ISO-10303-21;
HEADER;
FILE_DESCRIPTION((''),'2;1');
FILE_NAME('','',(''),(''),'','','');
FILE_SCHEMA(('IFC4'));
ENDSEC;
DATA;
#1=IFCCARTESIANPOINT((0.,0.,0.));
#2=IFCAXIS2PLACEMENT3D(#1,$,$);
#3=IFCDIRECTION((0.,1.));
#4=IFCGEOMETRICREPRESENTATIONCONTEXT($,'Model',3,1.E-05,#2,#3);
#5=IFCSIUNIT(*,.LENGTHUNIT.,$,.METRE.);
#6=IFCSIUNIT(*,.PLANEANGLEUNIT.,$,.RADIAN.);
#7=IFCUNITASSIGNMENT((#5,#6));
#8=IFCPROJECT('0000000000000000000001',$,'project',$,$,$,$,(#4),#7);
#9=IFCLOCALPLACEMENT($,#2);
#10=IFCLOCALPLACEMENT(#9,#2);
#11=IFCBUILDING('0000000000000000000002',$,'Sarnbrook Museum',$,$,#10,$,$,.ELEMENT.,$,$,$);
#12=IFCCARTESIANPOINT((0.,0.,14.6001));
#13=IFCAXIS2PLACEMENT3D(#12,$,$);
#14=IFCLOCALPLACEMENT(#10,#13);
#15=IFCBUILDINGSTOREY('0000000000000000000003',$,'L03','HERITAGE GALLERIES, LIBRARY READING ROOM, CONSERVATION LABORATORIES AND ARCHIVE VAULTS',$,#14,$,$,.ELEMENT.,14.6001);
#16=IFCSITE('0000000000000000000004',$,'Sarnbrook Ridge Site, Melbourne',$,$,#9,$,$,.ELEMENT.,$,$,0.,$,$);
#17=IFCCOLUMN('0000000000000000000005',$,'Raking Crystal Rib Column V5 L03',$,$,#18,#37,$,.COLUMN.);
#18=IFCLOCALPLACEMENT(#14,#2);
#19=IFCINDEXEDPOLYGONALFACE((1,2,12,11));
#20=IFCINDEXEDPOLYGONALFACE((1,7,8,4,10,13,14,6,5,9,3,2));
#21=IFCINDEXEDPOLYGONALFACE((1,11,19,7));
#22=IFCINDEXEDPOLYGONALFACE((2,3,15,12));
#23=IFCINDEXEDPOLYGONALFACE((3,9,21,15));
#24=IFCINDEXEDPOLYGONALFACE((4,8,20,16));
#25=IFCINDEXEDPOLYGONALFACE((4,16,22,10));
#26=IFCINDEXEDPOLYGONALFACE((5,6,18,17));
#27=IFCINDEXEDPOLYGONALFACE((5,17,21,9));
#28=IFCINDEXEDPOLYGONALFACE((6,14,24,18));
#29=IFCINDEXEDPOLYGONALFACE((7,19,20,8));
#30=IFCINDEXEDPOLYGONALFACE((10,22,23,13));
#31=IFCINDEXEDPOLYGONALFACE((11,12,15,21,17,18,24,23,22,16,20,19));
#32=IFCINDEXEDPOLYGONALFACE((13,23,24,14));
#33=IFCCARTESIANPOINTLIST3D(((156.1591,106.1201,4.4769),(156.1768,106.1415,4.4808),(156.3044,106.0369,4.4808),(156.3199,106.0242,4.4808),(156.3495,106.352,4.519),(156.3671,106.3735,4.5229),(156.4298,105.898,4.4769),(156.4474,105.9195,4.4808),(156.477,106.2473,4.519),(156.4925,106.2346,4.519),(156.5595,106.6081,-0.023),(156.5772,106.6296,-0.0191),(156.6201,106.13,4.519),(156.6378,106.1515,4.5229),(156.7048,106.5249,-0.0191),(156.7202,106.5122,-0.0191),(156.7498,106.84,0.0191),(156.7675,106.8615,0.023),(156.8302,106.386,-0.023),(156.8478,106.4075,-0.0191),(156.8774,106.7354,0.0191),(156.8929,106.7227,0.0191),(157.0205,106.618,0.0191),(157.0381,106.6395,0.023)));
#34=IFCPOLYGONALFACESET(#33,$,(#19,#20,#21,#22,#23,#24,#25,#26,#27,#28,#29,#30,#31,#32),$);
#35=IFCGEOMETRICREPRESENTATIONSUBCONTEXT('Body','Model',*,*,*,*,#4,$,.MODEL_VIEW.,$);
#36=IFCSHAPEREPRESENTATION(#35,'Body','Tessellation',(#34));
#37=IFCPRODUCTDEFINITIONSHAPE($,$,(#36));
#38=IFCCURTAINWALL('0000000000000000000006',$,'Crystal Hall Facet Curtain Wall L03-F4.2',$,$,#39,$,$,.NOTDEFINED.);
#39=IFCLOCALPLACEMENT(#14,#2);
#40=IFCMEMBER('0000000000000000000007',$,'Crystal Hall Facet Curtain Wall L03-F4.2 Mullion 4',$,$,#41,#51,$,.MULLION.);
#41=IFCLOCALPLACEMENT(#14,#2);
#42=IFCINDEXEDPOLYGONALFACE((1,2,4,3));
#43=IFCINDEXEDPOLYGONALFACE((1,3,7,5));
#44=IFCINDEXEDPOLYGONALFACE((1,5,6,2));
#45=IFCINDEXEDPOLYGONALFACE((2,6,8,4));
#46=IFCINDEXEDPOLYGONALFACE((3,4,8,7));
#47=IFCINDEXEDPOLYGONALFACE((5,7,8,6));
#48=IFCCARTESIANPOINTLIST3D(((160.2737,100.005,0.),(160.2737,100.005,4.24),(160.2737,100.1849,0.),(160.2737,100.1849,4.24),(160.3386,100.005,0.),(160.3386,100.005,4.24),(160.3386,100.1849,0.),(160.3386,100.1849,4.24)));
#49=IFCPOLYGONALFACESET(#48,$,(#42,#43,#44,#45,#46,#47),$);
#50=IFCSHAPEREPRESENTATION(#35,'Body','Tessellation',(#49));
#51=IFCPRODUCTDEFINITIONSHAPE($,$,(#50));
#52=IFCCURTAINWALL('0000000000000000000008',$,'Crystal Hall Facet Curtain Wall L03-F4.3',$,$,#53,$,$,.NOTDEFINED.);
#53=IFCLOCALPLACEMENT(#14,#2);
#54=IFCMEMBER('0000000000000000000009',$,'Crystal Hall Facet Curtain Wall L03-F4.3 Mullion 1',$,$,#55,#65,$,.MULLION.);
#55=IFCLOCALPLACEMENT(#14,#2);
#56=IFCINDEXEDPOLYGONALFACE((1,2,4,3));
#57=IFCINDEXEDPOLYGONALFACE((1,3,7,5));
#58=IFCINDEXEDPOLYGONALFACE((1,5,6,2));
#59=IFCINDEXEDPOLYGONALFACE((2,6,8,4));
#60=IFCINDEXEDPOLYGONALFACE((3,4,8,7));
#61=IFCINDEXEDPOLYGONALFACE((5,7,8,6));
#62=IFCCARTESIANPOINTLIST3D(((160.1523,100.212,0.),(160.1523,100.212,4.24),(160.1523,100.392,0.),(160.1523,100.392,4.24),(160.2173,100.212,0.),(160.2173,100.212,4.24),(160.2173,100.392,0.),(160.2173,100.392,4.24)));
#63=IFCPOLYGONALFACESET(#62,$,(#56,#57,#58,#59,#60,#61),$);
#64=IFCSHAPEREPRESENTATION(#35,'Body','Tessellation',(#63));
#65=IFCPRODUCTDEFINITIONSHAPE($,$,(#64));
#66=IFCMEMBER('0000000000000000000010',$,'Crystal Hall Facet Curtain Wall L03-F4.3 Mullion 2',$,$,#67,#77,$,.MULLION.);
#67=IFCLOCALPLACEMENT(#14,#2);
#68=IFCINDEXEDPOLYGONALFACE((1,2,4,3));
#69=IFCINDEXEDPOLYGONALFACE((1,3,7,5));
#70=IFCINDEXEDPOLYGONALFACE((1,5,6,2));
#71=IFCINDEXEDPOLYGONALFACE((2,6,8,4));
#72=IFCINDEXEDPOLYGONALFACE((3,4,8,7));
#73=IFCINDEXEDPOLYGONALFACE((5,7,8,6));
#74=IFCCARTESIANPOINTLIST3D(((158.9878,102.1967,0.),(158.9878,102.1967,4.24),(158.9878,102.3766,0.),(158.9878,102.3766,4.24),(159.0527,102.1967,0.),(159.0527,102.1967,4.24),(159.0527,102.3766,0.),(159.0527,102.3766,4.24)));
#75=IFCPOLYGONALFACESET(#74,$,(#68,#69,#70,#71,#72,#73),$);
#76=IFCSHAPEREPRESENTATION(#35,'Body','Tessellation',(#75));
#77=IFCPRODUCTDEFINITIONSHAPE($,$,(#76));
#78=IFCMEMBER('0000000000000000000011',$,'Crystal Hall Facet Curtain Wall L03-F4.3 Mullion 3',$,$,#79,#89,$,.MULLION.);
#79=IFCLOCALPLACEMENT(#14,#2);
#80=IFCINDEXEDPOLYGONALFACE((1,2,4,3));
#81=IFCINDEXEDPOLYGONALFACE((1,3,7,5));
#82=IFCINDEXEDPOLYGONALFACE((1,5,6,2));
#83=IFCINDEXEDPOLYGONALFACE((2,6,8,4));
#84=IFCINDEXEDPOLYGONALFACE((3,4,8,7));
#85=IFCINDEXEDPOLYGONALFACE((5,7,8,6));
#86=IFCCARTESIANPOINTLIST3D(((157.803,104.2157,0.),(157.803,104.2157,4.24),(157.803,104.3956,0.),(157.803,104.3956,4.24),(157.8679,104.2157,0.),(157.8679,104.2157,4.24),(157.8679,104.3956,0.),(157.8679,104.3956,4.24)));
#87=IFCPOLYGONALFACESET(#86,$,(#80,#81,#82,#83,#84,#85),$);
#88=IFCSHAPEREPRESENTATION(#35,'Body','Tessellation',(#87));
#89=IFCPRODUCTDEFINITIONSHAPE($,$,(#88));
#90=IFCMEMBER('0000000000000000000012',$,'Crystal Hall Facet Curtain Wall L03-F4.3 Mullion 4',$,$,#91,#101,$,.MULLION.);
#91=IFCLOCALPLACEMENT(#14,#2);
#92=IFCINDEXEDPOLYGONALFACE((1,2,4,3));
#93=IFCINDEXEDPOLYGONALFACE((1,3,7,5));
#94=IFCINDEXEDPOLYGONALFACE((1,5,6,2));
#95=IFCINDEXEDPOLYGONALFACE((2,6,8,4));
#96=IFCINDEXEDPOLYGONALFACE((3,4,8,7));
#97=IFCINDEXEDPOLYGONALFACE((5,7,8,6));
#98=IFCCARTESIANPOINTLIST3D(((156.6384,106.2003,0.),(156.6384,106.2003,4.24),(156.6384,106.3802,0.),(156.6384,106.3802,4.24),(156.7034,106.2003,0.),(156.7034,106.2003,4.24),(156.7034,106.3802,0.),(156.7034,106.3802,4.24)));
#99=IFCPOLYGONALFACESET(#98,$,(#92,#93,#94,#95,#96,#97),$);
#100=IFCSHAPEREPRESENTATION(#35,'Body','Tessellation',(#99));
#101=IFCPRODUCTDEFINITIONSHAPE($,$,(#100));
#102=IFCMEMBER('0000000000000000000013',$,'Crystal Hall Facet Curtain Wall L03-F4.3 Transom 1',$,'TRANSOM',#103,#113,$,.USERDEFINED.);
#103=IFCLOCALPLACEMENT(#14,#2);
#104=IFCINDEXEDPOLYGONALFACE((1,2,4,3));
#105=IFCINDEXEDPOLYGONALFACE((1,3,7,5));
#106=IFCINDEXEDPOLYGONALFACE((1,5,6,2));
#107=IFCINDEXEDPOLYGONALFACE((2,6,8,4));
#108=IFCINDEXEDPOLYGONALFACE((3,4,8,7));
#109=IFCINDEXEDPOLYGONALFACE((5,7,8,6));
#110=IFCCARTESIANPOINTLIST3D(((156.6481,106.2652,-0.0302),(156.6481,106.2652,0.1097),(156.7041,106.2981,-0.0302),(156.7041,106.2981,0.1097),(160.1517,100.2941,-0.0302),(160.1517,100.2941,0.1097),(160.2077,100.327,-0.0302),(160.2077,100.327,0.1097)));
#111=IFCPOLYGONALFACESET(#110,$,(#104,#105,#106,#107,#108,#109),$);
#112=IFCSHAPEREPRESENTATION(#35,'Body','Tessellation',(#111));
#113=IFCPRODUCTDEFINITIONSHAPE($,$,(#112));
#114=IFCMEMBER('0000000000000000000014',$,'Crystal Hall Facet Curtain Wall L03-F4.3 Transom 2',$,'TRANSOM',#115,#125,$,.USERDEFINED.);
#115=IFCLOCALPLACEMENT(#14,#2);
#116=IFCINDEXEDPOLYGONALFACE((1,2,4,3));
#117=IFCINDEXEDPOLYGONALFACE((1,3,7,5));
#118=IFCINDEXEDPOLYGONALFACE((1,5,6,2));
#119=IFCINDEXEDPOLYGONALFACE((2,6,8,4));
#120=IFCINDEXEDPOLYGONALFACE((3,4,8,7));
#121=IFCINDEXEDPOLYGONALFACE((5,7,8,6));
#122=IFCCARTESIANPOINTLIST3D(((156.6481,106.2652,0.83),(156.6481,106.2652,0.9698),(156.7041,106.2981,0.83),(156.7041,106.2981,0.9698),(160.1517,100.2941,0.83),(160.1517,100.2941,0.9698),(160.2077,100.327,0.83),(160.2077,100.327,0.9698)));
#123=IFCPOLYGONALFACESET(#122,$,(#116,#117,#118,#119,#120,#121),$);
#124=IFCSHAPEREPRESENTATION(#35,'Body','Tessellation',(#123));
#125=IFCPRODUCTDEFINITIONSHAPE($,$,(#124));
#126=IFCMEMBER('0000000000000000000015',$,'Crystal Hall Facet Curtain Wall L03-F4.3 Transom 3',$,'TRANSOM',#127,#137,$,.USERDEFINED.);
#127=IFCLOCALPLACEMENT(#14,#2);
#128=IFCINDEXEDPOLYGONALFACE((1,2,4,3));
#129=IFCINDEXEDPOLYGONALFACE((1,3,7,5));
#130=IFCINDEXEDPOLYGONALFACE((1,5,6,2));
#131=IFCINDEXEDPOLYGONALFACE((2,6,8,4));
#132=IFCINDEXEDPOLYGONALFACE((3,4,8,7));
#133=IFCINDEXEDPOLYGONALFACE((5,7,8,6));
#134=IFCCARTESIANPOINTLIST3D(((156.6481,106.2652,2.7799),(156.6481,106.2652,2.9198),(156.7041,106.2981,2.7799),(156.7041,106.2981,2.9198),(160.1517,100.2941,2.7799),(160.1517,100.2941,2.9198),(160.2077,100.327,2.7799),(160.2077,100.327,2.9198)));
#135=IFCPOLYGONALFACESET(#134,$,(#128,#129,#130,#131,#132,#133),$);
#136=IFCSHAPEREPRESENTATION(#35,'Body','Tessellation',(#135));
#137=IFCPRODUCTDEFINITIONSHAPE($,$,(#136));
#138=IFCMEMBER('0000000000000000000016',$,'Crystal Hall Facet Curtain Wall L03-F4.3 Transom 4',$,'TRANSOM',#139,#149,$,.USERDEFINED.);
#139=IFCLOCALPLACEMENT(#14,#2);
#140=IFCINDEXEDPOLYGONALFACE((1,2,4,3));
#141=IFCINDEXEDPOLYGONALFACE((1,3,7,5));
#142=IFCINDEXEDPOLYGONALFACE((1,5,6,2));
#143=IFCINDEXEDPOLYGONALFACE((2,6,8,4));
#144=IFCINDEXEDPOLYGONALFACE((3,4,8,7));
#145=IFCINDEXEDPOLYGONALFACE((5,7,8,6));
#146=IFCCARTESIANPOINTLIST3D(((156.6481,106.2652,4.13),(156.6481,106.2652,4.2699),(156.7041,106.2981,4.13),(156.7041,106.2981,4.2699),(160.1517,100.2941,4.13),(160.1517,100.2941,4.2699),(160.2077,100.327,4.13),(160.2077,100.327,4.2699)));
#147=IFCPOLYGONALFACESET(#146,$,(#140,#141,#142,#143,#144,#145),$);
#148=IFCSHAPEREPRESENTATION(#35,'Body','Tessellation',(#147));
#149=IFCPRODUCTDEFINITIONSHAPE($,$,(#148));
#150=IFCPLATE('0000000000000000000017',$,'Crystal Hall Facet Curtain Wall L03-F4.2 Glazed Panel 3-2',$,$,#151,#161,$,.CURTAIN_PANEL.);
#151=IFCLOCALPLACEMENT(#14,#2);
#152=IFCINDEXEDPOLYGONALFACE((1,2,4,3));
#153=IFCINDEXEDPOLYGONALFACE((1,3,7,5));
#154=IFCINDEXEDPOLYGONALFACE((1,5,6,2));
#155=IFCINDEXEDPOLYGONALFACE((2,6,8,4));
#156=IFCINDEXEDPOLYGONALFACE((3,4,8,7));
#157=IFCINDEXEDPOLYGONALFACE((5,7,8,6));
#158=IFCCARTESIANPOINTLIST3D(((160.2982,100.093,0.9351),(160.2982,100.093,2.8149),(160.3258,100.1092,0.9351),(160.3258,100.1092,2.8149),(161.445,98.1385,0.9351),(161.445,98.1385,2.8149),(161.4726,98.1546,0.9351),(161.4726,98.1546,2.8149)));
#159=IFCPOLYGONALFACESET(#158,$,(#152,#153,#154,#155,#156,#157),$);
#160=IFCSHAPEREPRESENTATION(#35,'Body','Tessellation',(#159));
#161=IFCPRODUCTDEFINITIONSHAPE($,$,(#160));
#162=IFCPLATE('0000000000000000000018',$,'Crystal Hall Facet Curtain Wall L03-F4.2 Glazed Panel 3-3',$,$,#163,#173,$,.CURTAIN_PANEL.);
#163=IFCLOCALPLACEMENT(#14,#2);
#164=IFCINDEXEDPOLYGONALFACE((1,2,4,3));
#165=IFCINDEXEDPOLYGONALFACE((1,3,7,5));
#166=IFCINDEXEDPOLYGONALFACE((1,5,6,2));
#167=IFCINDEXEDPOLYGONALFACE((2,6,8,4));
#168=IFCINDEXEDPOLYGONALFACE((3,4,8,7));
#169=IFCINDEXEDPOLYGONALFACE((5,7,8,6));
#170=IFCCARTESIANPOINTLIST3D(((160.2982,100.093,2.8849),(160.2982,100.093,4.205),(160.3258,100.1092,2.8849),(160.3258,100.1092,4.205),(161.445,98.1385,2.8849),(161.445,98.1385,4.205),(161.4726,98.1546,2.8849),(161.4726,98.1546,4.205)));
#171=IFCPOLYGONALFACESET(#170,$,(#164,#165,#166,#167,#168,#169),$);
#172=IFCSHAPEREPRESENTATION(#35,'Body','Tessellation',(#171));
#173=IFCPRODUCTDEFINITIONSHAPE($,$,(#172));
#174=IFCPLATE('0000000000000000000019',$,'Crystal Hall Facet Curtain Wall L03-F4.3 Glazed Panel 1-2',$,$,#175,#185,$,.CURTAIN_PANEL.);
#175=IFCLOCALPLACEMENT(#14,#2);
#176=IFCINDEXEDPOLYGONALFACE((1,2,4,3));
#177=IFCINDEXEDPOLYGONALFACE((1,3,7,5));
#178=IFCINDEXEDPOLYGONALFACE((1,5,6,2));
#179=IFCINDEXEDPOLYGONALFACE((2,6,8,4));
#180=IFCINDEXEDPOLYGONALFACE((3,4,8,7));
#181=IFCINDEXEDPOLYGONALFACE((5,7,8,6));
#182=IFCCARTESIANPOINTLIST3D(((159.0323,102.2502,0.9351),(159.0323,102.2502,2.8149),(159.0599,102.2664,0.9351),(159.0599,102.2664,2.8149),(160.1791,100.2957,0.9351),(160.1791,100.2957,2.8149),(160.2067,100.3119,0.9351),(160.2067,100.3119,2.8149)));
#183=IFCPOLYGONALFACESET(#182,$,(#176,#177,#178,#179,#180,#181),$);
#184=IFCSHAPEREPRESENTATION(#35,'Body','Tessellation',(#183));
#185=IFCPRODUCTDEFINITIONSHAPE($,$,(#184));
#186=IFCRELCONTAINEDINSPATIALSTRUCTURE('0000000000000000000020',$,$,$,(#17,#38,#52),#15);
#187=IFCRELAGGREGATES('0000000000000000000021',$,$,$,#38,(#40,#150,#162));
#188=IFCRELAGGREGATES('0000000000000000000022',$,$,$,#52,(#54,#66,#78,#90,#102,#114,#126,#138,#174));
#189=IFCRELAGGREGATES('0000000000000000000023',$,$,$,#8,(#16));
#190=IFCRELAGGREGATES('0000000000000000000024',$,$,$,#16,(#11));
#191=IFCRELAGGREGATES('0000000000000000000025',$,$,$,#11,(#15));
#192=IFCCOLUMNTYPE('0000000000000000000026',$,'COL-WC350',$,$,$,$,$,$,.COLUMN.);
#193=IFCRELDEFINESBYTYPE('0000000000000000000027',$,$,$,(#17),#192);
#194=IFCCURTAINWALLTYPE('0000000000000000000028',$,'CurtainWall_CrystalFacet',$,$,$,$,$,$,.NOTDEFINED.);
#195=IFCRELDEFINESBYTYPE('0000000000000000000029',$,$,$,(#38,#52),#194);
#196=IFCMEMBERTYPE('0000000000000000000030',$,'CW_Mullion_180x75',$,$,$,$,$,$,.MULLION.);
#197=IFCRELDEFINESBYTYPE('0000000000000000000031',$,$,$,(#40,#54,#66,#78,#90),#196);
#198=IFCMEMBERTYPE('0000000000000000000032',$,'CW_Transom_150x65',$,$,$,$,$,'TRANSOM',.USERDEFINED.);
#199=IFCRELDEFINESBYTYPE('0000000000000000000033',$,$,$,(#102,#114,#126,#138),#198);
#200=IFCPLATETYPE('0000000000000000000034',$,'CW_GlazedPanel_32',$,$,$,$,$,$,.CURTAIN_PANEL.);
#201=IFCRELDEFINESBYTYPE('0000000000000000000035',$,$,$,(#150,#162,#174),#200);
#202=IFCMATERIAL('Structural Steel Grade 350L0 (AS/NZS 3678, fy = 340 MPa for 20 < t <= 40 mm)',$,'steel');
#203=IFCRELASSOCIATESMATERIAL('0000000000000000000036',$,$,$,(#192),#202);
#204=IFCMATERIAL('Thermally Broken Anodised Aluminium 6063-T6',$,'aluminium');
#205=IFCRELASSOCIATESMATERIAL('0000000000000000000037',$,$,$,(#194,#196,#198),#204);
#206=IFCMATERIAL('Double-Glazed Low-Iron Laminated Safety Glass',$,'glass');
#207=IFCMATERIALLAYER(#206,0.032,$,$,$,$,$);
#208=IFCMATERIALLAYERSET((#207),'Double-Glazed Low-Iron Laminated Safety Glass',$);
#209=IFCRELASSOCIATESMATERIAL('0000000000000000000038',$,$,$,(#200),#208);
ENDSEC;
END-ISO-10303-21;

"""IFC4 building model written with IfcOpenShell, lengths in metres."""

from ifc_helpers import new_model, si_unit, direction, frame, origin, origin_2d, place, context, subcontext, project, spatial, rectangle, i_section, extrude, material, layer, layer_set, material_profile, profile_set, type_object, element, aggregate, save


model = new_model("IFC4")

# Units and contexts
model_context = context("Model", 3, precision=1e-05, world=origin(), true_north=direction((0.0, 1.0)))
body_context = subcontext(model_context, "Body", "Model", "MODEL_VIEW")
ifc_project = project(units=[si_unit("LENGTHUNIT", "METRE"), si_unit("PLANEANGLEUNIT", "RADIAN")], contexts=[model_context])

# Site, building, storey
site_placement = place(None, origin())
site = spatial("IfcSite", under=ifc_project, at=site_placement, Name="Sarnbrook Ridge Site, Melbourne", CompositionType="ELEMENT", RefElevation=0.0)
building_placement = place(site_placement, origin())
building = spatial("IfcBuilding", under=site, at=building_placement, Name="Sarnbrook Museum", CompositionType="ELEMENT")
storey_placement = place(building_placement, frame((0.0, 0.0, 14.6001)))
storey = spatial("IfcBuildingStorey", under=building, at=storey_placement, Name="L03", Description="HERITAGE GALLERIES, LIBRARY READING ROOM, CONSERVATION LABORATORIES AND ARCHIVE VAULTS", CompositionType="ELEMENT", Elevation=14.6001)

# Column
ifc_material_1 = material(Name="Structural Steel Grade 350L0 (AS/NZS 3678, fy = 340 MPa for 20 < t <= 40 mm)", Category="steel")
ifc_material_profile_1 = material_profile(ifc_material_1, i_section(OverallWidth=0.3501, OverallDepth=0.3311, WebThickness=0.02, FlangeThickness=0.0281, at=origin_2d()), Name="350WC197")
ifc_profile_set_1 = profile_set([ifc_material_profile_1], Name="Structural Steel Grade 350L0 (AS/NZS 3678, fy = 340 MPa for 20 < t <= 40 mm)")
column_type = type_object("IfcColumnType", Name="COL-WC350", PredefinedType="COLUMN", material=ifc_profile_set_1)
column_placement = place(storey_placement, frame((156.7988, 106.6238, 0.0), z_axis=(-0.088113, -0.107401, 0.990304), x_axis=(0.773112, -0.634269, 0.0)))
element("IfcColumn", 1, at=column_placement, inside=storey, type_object=column_type, Name="Raking Crystal Rib Column V5 L03", PredefinedType="COLUMN", context=body_context, shape_type="SweptSolid", body=[
    extrude(i_section(OverallWidth=0.3501, OverallDepth=0.3311, WebThickness=0.02, FlangeThickness=0.0281, at=origin_2d()), origin(), (0.0, 0.0, 1.0), 4.5439),
])

# Curtain wall, member
ifc_material_2 = material(Name="Thermally Broken Anodised Aluminium 6063-T6", Category="aluminium")
curtain_wall_type = type_object("IfcCurtainWallType", Name="CurtainWall_CrystalFacet", PredefinedType="NOTDEFINED", material=ifc_material_2)
curtain_wall_1_placement = place(storey_placement, origin())
curtain_wall_1 = element("IfcCurtainWall", 2, at=curtain_wall_1_placement, inside=storey, type_object=curtain_wall_type, Name="Crystal Hall Facet Curtain Wall L03-F4.2", PredefinedType="NOTDEFINED")
ifc_material_profile_2 = material_profile(ifc_material_2, rectangle(XDim=0.0649, YDim=0.1799, at=origin_2d()), Name="ALU MULLION 65x180")
ifc_profile_set_2 = profile_set([ifc_material_profile_2], Name="Thermally Broken Anodised Aluminium 6063-T6")
member_type_1 = type_object("IfcMemberType", Name="CW_Mullion_180x75", PredefinedType="MULLION", material=ifc_profile_set_2)
member_1_placement = place(storey_placement, frame((160.3062, 100.095, 0.0), z_axis=(0.0, 0.0, 1.0), x_axis=(1.0, 0.0, 0.0)))
member_1 = element("IfcMember", 3, at=member_1_placement, type_object=member_type_1, Name="Crystal Hall Facet Curtain Wall L03-F4.2 Mullion 4", PredefinedType="MULLION", context=body_context, shape_type="SweptSolid", body=[
    extrude(rectangle(XDim=0.0649, YDim=0.1799, at=origin_2d()), origin(), (0.0, 0.0, 1.0), 4.24),
])

# Curtain wall, members
curtain_wall_2_placement = place(storey_placement, origin())
curtain_wall_2 = element("IfcCurtainWall", 4, at=curtain_wall_2_placement, inside=storey, type_object=curtain_wall_type, Name="Crystal Hall Facet Curtain Wall L03-F4.3", PredefinedType="NOTDEFINED")
member_2_placement = place(storey_placement, frame((160.1848, 100.302, 0.0), z_axis=(0.0, 0.0, 1.0), x_axis=(1.0, 0.0, 0.0)))
member_2 = element("IfcMember", 5, at=member_2_placement, type_object=member_type_1, Name="Crystal Hall Facet Curtain Wall L03-F4.3 Mullion 1", PredefinedType="MULLION", context=body_context, shape_type="SweptSolid", body=[
    extrude(rectangle(XDim=0.0649, YDim=0.1799, at=origin_2d()), origin(), (0.0, 0.0, 1.0), 4.24),
])
member_3_placement = place(storey_placement, frame((159.0203, 102.2866, 0.0), z_axis=(0.0, 0.0, 1.0), x_axis=(1.0, 0.0, 0.0)))
member_3 = element("IfcMember", 6, at=member_3_placement, type_object=member_type_1, Name="Crystal Hall Facet Curtain Wall L03-F4.3 Mullion 2", PredefinedType="MULLION", context=body_context, shape_type="SweptSolid", body=[
    extrude(rectangle(XDim=0.0649, YDim=0.1799, at=origin_2d()), origin(), (0.0, 0.0, 1.0), 4.24),
])
member_4_placement = place(storey_placement, frame((157.8354, 104.3057, 0.0), z_axis=(0.0, 0.0, 1.0), x_axis=(1.0, 0.0, 0.0)))
member_4 = element("IfcMember", 7, at=member_4_placement, type_object=member_type_1, Name="Crystal Hall Facet Curtain Wall L03-F4.3 Mullion 3", PredefinedType="MULLION", context=body_context, shape_type="SweptSolid", body=[
    extrude(rectangle(XDim=0.0649, YDim=0.1799, at=origin_2d()), origin(), (0.0, 0.0, 1.0), 4.24),
])
member_5_placement = place(storey_placement, frame((156.6709, 106.2903, 0.0), z_axis=(0.0, 0.0, 1.0), x_axis=(1.0, 0.0, 0.0)))
member_5 = element("IfcMember", 8, at=member_5_placement, type_object=member_type_1, Name="Crystal Hall Facet Curtain Wall L03-F4.3 Mullion 4", PredefinedType="MULLION", context=body_context, shape_type="SweptSolid", body=[
    extrude(rectangle(XDim=0.0649, YDim=0.1799, at=origin_2d()), origin(), (0.0, 0.0, 1.0), 4.24),
])
ifc_material_profile_3 = material_profile(ifc_material_2, rectangle(XDim=0.0649, YDim=0.1399, at=origin_2d()), Name="ALU TRANSOM 65x140")
ifc_profile_set_3 = profile_set([ifc_material_profile_3], Name="Thermally Broken Anodised Aluminium 6063-T6")
member_type_2 = type_object("IfcMemberType", Name="CW_Transom_150x65", ElementType="TRANSOM", PredefinedType="USERDEFINED", material=ifc_profile_set_3)
member_6_placement = place(storey_placement, frame((160.1797, 100.3105, 0.0398), z_axis=(-0.506075, 0.862489, 0.0), x_axis=(-0.862489, -0.506075, 0.0)))
member_6 = element("IfcMember", 9, at=member_6_placement, type_object=member_type_2, Name="Crystal Hall Facet Curtain Wall L03-F4.3 Transom 1", ObjectType="TRANSOM", PredefinedType="USERDEFINED", context=body_context, shape_type="SweptSolid", body=[
    extrude(rectangle(XDim=0.0649, YDim=0.1399, at=origin_2d()), origin(), (0.0, 0.0, 1.0), 6.9231),
])
member_7_placement = place(storey_placement, frame((160.1797, 100.3105, 0.8999), z_axis=(-0.506075, 0.862489, 0.0), x_axis=(-0.862489, -0.506075, 0.0)))
member_7 = element("IfcMember", 10, at=member_7_placement, type_object=member_type_2, Name="Crystal Hall Facet Curtain Wall L03-F4.3 Transom 2", ObjectType="TRANSOM", PredefinedType="USERDEFINED", context=body_context, shape_type="SweptSolid", body=[
    extrude(rectangle(XDim=0.0649, YDim=0.1399, at=origin_2d()), origin(), (0.0, 0.0, 1.0), 6.9231),
])
member_8_placement = place(storey_placement, frame((160.1797, 100.3105, 2.8499), z_axis=(-0.506075, 0.862489, 0.0), x_axis=(-0.862489, -0.506075, 0.0)))
member_8 = element("IfcMember", 11, at=member_8_placement, type_object=member_type_2, Name="Crystal Hall Facet Curtain Wall L03-F4.3 Transom 3", ObjectType="TRANSOM", PredefinedType="USERDEFINED", context=body_context, shape_type="SweptSolid", body=[
    extrude(rectangle(XDim=0.0649, YDim=0.1399, at=origin_2d()), origin(), (0.0, 0.0, 1.0), 6.9231),
])
member_9_placement = place(storey_placement, frame((160.1797, 100.3105, 4.2), z_axis=(-0.506075, 0.862489, 0.0), x_axis=(-0.862489, -0.506075, 0.0)))
member_9 = element("IfcMember", 12, at=member_9_placement, type_object=member_type_2, Name="Crystal Hall Facet Curtain Wall L03-F4.3 Transom 4", ObjectType="TRANSOM", PredefinedType="USERDEFINED", context=body_context, shape_type="SweptSolid", body=[
    extrude(rectangle(XDim=0.0649, YDim=0.1399, at=origin_2d()), origin(), (0.0, 0.0, 1.0), 6.9231),
])

# Plates
ifc_material_3 = material(Name="Double-Glazed Low-Iron Laminated Safety Glass", Category="glass")
ifc_layer_1 = layer(ifc_material_3, 0.032)
ifc_layer_set_1 = layer_set([ifc_layer_1], Name="Double-Glazed Low-Iron Laminated Safety Glass")
plate_type_1 = type_object("IfcPlateType", Name="CW_GlazedPanel_32", PredefinedType="CURTAIN_PANEL", material=ifc_layer_set_1)
plate_1_placement = place(storey_placement, frame((160.8716, 99.1157, 1.875), z_axis=(0.862499, 0.506058, 0.0), x_axis=(-0.506058, 0.862499, 0.0)))
plate_1 = element("IfcPlate", 13, at=plate_1_placement, type_object=plate_type_1, Name="Crystal Hall Facet Curtain Wall L03-F4.2 Glazed Panel 3-2", PredefinedType="CURTAIN_PANEL", context=body_context, shape_type="SweptSolid", body=[
    extrude(rectangle(XDim=2.2661, YDim=1.8799, at=origin_2d()), origin(), (0.0, 0.0, 1.0), 0.032),
])
plate_2_placement = place(storey_placement, frame((160.8716, 99.1157, 3.5449), z_axis=(0.862499, 0.506058, 0.0), x_axis=(-0.506058, 0.862499, 0.0)))
plate_2 = element("IfcPlate", 14, at=plate_2_placement, type_object=plate_type_1, Name="Crystal Hall Facet Curtain Wall L03-F4.2 Glazed Panel 3-3", PredefinedType="CURTAIN_PANEL", context=body_context, shape_type="SweptSolid", body=[
    extrude(rectangle(XDim=2.2661, YDim=1.3201, at=origin_2d()), origin(), (0.0, 0.0, 1.0), 0.032),
])
plate_3_placement = place(storey_placement, frame((159.6057, 101.2729, 1.875), z_axis=(0.862499, 0.506058, 0.0), x_axis=(-0.506058, 0.862499, 0.0)))
plate_3 = element("IfcPlate", 15, at=plate_3_placement, type_object=plate_type_1, Name="Crystal Hall Facet Curtain Wall L03-F4.3 Glazed Panel 1-2", PredefinedType="CURTAIN_PANEL", context=body_context, shape_type="SweptSolid", body=[
    extrude(rectangle(XDim=2.2661, YDim=1.8799, at=origin_2d()), origin(), (0.0, 0.0, 1.0), 0.032),
])
aggregate(curtain_wall_1, [member_1, plate_1, plate_2])
aggregate(curtain_wall_2, [member_2, member_3, member_4, member_5, member_6, member_7, member_8, member_9, plate_3])

save(model, "model.ifc")
